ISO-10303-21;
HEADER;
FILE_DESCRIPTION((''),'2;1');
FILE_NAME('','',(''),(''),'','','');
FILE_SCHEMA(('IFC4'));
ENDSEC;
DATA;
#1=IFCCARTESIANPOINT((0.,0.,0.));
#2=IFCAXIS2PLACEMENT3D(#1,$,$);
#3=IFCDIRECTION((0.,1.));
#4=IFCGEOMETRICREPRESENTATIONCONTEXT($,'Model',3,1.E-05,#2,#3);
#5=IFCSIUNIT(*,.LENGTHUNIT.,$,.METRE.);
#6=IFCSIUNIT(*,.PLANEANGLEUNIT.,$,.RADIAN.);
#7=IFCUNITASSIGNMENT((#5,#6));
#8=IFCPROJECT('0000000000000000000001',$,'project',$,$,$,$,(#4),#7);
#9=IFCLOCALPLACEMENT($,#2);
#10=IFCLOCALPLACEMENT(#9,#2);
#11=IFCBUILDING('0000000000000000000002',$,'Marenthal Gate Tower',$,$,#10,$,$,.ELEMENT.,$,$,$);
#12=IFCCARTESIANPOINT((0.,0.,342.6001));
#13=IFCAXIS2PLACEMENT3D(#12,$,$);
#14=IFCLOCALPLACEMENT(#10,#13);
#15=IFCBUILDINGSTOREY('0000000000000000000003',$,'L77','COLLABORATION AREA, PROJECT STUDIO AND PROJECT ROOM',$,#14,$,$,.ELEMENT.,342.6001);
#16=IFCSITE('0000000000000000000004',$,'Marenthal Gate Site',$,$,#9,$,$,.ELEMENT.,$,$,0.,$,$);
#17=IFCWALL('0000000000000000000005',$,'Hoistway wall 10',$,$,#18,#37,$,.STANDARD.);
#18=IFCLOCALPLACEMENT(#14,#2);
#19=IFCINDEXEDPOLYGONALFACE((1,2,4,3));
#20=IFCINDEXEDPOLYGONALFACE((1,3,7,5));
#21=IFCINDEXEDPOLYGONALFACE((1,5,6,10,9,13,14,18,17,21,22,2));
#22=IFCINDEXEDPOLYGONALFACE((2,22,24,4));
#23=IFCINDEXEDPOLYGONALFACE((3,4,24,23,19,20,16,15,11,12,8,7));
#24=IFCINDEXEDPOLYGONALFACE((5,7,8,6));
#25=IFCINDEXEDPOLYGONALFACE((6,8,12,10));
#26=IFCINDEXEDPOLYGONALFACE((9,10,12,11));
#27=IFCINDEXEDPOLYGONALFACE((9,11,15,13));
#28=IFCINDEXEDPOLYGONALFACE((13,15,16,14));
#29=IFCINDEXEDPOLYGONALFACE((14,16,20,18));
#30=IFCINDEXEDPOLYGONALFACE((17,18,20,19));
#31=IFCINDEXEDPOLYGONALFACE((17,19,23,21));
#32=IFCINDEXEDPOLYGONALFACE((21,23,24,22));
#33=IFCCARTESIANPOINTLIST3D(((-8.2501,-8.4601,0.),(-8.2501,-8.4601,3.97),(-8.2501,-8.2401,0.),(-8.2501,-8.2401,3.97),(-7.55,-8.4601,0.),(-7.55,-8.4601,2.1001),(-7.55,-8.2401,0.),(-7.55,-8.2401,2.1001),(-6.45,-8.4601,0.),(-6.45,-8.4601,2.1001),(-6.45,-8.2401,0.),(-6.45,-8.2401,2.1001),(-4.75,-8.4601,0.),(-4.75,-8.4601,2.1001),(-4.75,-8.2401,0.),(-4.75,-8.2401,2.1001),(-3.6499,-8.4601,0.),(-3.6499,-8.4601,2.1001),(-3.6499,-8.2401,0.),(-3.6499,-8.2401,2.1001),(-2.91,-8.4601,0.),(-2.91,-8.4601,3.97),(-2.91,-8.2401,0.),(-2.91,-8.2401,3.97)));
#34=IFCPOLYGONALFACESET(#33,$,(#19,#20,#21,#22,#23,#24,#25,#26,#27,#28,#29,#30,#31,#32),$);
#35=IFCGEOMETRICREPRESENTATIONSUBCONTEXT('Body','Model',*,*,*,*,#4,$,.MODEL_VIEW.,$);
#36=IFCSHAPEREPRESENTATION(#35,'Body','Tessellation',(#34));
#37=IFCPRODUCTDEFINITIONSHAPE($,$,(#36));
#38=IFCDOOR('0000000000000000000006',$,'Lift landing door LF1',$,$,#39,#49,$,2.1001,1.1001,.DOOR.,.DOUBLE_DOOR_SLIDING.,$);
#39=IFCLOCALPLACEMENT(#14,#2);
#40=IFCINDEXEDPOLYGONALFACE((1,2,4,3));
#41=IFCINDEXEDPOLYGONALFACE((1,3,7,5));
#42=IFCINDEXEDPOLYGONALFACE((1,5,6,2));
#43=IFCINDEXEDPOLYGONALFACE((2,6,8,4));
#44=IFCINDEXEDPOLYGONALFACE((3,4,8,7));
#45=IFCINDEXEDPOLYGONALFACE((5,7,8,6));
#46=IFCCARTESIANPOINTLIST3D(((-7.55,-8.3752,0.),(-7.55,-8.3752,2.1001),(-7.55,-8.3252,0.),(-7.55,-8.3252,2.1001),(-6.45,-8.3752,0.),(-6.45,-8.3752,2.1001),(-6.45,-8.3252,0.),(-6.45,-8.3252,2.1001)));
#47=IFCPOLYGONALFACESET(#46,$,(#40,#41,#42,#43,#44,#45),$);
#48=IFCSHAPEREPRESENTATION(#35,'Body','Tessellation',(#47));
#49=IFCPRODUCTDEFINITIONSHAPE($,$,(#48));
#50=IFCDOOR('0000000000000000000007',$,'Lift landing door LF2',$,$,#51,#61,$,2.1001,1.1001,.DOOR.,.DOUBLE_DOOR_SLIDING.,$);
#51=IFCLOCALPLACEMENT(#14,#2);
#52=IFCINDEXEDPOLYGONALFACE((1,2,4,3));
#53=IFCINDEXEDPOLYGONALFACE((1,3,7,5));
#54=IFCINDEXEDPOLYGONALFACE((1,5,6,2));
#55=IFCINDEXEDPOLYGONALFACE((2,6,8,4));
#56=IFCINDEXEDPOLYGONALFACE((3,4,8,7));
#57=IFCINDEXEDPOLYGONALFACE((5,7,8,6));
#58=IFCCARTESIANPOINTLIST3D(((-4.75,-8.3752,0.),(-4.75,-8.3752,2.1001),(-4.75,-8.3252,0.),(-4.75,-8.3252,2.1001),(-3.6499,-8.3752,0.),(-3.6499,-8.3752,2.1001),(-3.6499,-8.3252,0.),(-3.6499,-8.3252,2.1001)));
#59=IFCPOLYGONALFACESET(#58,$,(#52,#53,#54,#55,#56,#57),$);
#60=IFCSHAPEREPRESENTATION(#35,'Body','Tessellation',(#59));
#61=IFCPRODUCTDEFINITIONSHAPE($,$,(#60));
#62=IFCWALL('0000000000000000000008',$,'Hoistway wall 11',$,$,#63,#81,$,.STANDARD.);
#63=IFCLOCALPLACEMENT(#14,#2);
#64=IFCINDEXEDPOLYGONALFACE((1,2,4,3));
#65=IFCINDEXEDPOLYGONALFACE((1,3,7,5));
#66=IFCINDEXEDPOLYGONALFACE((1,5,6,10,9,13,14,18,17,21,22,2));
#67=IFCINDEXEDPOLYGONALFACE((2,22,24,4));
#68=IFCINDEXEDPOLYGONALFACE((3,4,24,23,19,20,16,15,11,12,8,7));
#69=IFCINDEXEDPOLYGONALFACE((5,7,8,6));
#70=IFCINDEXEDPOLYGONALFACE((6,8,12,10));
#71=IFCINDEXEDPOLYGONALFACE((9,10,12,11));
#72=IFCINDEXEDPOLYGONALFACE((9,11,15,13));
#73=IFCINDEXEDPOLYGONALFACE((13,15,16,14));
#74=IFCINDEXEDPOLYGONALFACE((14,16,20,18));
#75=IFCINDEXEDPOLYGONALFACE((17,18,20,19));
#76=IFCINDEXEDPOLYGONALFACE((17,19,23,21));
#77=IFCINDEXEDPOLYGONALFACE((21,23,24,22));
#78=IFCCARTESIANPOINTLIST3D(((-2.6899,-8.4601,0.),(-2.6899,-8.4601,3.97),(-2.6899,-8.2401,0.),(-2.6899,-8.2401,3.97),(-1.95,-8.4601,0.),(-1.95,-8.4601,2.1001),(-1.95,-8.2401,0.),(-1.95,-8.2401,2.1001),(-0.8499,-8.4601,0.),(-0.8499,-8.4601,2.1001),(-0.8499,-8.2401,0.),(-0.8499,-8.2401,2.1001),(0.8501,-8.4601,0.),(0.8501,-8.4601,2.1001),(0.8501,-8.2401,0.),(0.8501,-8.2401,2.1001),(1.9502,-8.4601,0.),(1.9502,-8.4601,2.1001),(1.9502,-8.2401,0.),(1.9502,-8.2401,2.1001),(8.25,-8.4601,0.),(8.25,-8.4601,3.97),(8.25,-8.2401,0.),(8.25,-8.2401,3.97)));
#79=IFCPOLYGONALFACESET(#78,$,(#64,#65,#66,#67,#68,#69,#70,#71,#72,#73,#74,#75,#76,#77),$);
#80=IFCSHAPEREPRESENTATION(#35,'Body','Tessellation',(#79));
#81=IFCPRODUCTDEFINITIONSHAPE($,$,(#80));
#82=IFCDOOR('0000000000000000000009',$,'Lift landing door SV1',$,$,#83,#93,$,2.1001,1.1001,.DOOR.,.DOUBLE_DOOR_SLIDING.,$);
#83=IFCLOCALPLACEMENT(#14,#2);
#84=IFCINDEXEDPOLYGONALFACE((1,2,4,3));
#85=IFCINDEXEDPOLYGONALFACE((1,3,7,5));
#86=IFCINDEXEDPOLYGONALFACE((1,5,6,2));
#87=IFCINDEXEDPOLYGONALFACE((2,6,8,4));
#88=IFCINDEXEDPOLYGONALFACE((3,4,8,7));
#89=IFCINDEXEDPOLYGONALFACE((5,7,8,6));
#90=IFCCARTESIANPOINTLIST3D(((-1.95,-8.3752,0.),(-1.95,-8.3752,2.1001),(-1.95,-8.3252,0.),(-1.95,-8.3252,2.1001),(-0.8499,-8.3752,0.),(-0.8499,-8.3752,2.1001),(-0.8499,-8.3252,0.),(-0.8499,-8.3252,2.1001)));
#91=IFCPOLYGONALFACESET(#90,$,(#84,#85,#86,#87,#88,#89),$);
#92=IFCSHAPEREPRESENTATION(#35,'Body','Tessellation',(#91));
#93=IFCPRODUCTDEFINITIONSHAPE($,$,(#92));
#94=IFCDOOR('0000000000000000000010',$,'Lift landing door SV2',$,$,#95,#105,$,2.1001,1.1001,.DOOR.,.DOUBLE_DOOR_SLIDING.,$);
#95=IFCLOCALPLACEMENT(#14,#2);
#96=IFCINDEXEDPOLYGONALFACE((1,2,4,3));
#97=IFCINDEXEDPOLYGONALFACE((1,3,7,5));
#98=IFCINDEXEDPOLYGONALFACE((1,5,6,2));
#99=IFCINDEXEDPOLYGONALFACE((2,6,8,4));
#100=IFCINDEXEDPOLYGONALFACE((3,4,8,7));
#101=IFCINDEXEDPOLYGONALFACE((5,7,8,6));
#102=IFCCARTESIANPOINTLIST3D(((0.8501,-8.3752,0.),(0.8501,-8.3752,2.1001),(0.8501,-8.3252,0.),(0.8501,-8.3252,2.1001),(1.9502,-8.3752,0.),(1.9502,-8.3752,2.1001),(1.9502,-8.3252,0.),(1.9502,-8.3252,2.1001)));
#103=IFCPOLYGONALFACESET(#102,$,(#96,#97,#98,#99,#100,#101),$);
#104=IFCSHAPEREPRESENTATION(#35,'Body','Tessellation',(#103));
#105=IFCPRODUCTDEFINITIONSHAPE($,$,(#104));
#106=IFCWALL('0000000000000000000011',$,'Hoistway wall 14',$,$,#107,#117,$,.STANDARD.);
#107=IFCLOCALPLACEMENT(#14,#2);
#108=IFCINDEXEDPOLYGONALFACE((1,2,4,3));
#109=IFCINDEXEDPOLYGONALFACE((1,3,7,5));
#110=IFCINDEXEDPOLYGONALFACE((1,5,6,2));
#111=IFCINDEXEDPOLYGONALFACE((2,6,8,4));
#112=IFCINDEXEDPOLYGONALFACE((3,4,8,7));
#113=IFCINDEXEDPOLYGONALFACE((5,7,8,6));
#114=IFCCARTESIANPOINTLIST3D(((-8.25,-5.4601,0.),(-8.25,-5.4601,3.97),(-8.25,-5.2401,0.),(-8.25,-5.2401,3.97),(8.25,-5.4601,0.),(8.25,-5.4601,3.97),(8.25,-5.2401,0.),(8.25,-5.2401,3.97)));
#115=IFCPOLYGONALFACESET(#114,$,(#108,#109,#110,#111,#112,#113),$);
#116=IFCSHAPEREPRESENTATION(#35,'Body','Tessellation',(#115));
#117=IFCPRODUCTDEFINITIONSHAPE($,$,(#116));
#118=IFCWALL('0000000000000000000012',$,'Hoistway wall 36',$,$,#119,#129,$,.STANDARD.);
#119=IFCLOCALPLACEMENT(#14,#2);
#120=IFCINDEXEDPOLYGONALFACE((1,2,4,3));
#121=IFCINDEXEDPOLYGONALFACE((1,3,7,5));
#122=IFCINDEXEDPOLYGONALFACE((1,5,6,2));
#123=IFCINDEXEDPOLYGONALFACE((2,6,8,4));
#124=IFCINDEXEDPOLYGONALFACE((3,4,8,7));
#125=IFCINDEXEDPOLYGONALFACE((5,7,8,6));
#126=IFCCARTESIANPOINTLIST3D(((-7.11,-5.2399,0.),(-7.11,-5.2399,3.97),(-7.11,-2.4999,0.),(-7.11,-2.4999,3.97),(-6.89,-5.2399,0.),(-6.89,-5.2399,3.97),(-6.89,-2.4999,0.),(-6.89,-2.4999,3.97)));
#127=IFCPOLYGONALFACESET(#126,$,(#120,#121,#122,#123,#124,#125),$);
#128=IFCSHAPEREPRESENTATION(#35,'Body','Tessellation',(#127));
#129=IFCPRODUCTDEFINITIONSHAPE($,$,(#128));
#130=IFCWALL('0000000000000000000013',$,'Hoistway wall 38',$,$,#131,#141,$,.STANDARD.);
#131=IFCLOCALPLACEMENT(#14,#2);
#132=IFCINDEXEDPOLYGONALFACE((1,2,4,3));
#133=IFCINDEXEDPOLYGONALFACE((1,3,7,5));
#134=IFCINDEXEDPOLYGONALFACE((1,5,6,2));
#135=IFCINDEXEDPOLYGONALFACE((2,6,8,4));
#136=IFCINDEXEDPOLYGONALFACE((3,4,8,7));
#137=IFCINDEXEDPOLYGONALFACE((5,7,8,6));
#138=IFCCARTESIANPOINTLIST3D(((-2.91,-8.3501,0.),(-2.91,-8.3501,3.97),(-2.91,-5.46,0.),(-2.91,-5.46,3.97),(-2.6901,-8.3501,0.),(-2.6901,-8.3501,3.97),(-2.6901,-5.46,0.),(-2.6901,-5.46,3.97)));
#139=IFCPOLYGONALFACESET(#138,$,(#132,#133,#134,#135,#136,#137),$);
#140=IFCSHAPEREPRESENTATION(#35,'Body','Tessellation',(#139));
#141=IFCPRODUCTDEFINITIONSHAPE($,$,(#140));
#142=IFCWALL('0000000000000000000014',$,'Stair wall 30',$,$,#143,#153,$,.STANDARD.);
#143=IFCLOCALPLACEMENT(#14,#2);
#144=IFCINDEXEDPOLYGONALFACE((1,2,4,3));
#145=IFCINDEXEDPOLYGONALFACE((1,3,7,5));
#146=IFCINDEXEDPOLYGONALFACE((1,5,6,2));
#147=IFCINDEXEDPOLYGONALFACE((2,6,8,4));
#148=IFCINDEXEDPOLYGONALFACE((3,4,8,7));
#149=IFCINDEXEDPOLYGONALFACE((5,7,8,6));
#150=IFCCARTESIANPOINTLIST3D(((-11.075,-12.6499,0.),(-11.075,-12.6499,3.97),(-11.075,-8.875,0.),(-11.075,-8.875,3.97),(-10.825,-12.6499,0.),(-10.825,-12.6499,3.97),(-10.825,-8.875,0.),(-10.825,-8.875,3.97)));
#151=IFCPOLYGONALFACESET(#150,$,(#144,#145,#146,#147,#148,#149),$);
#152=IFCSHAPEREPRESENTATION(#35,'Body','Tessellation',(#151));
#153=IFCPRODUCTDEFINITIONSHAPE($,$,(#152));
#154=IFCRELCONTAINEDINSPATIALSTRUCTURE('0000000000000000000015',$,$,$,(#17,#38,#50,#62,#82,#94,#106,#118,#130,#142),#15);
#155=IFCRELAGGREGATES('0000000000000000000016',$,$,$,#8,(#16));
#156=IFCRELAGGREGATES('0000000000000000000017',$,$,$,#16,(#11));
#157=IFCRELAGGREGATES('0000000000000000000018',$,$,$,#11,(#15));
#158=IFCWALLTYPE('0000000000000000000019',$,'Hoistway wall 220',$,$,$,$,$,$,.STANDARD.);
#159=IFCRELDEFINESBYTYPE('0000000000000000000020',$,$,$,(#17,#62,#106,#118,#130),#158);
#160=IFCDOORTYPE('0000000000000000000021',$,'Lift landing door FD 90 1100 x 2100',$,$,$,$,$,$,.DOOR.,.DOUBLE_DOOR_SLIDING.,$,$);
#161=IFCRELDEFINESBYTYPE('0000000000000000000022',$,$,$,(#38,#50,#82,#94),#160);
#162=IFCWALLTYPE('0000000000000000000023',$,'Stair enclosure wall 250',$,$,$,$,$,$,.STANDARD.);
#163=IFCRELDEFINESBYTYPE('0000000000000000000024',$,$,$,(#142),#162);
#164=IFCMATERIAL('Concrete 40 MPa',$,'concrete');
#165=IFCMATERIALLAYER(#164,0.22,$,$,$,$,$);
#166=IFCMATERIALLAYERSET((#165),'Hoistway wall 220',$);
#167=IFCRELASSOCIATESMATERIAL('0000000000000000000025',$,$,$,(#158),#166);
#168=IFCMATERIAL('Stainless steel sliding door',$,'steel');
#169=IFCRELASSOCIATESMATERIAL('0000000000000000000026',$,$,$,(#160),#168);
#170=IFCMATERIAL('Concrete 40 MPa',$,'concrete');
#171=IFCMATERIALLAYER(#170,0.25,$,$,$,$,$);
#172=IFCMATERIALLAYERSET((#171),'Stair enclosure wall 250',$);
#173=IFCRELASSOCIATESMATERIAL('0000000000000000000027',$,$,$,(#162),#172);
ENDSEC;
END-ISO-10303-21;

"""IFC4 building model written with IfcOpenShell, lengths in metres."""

from ifc_helpers import new_model, si_unit, direction, frame, frame_2d, origin, place, context, subcontext, project, spatial, rectangle, extrude, material, layer, layer_set, type_object, element, fill, save


model = new_model("IFC4")

# Units and contexts
model_context = context("Model", 3, precision=1e-05, world=origin(), true_north=direction((0.0, 1.0)))
body_context = subcontext(model_context, "Body", "Model", "MODEL_VIEW")
ifc_project = project(units=[si_unit("LENGTHUNIT", "METRE"), si_unit("PLANEANGLEUNIT", "RADIAN")], contexts=[model_context])

# Site, building, storey
site_placement = place(None, origin())
site = spatial("IfcSite", under=ifc_project, at=site_placement, Name="Marenthal Gate Site", CompositionType="ELEMENT", RefElevation=0.0)
building_placement = place(site_placement, origin())
building = spatial("IfcBuilding", under=site, at=building_placement, Name="Marenthal Gate Tower", CompositionType="ELEMENT")
storey_placement = place(building_placement, frame((0.0, 0.0, 342.6001)))
storey = spatial("IfcBuildingStorey", under=building, at=storey_placement, Name="L77", Description="COLLABORATION AREA, PROJECT STUDIO AND PROJECT ROOM", CompositionType="ELEMENT", Elevation=342.6001)

# Walls, openings, doors
ifc_material_1 = material(Name="Concrete 40 MPa", Category="concrete")
ifc_layer_1 = layer(ifc_material_1, 0.22)
ifc_layer_set_1 = layer_set([ifc_layer_1], Name="Hoistway wall 220")
wall_type_1 = type_object("IfcWallType", Name="Hoistway wall 220", PredefinedType="STANDARD", material=ifc_layer_set_1)
wall_1_placement = place(storey_placement, frame((-8.25, -8.3501, 0.0), z_axis=(0.0, 0.0, 1.0), x_axis=(1.0, 0.0, 0.0)))
wall_1 = element("IfcWall", 1, at=wall_1_placement, inside=storey, type_object=wall_type_1, Name="Hoistway wall 10", PredefinedType="STANDARD", context=body_context, shape_type="SweptSolid", body=[
    extrude(rectangle(XDim=5.3401, YDim=0.22, at=frame_2d((2.6699, 0.0))), origin(), (0.0, 0.0, 1.0), 3.97),
])
opening_1_placement = place(wall_1_placement, frame((0.7, 0.0, 0.0)))
opening_1 = element("IfcOpeningElement", 2, at=opening_1_placement, cuts=wall_1, PredefinedType="OPENING", context=body_context, shape_type="SweptSolid", body=[
    extrude(rectangle(XDim=1.1001, YDim=2.1001, at=frame_2d((0.55, 1.05))), frame((0.0, 0.1201, 0.0), z_axis=(0.0, -1.0, 0.0), x_axis=(1.0, 0.0, 0.0)), (0.0, 0.0, 1.0), 0.24),
])
opening_2_placement = place(wall_1_placement, frame((3.5, 0.0, 0.0)))
opening_2 = element("IfcOpeningElement", 3, at=opening_2_placement, cuts=wall_1, PredefinedType="OPENING", context=body_context, shape_type="SweptSolid", body=[
    extrude(rectangle(XDim=1.1001, YDim=2.1001, at=frame_2d((0.55, 1.05))), frame((0.0, 0.1201, 0.0), z_axis=(0.0, -1.0, 0.0), x_axis=(1.0, 0.0, 0.0)), (0.0, 0.0, 1.0), 0.24),
])
ifc_material_2 = material(Name="Stainless steel sliding door", Category="steel")
door_type_1 = type_object("IfcDoorType", Name="Lift landing door FD 90 1100 x 2100", OperationType="DOUBLE_DOOR_SLIDING", PredefinedType="DOOR", material=ifc_material_2)
door_1_placement = place(opening_1_placement, origin())
door_1 = element("IfcDoor", 4, at=door_1_placement, inside=storey, type_object=door_type_1, Name="Lift landing door LF1", OperationType="DOUBLE_DOOR_SLIDING", OverallHeight=2.1001, OverallWidth=1.1001, PredefinedType="DOOR", context=body_context, shape_type="SweptSolid", body=[
    extrude(rectangle(XDim=1.1001, YDim=2.1001, at=frame_2d((0.55, 1.05))), frame((0.0, 0.0249, 0.0), z_axis=(0.0, -1.0, 0.0), x_axis=(1.0, 0.0, 0.0)), (0.0, 0.0, 1.0), 0.05),
])
fill(opening_1, door_1)
door_2_placement = place(opening_2_placement, origin())
door_2 = element("IfcDoor", 5, at=door_2_placement, inside=storey, type_object=door_type_1, Name="Lift landing door LF2", OperationType="DOUBLE_DOOR_SLIDING", OverallHeight=2.1001, OverallWidth=1.1001, PredefinedType="DOOR", context=body_context, shape_type="SweptSolid", body=[
    extrude(rectangle(XDim=1.1001, YDim=2.1001, at=frame_2d((0.55, 1.05))), frame((0.0, 0.0249, 0.0), z_axis=(0.0, -1.0, 0.0), x_axis=(1.0, 0.0, 0.0)), (0.0, 0.0, 1.0), 0.05),
])
fill(opening_2, door_2)
wall_2_placement = place(storey_placement, frame((-2.6899, -8.3501, 0.0), z_axis=(0.0, 0.0, 1.0), x_axis=(1.0, 0.0, 0.0)))
wall_2 = element("IfcWall", 6, at=wall_2_placement, inside=storey, type_object=wall_type_1, Name="Hoistway wall 11", PredefinedType="STANDARD", context=body_context, shape_type="SweptSolid", body=[
    extrude(rectangle(XDim=10.9399, YDim=0.22, at=frame_2d((5.47, 0.0))), origin(), (0.0, 0.0, 1.0), 3.97),
])
opening_3_placement = place(wall_2_placement, frame((0.74, 0.0, 0.0)))
opening_3 = element("IfcOpeningElement", 7, at=opening_3_placement, cuts=wall_2, PredefinedType="OPENING", context=body_context, shape_type="SweptSolid", body=[
    extrude(rectangle(XDim=1.1001, YDim=2.1001, at=frame_2d((0.55, 1.05))), frame((0.0, 0.1201, 0.0), z_axis=(0.0, -1.0, 0.0), x_axis=(1.0, 0.0, 0.0)), (0.0, 0.0, 1.0), 0.24),
])
opening_4_placement = place(wall_2_placement, frame((3.54, 0.0, 0.0)))
opening_4 = element("IfcOpeningElement", 8, at=opening_4_placement, cuts=wall_2, PredefinedType="OPENING", context=body_context, shape_type="SweptSolid", body=[
    extrude(rectangle(XDim=1.1001, YDim=2.1001, at=frame_2d((0.55, 1.05))), frame((0.0, 0.1201, 0.0), z_axis=(0.0, -1.0, 0.0), x_axis=(1.0, 0.0, 0.0)), (0.0, 0.0, 1.0), 0.24),
])
door_3_placement = place(opening_3_placement, origin())
door_3 = element("IfcDoor", 9, at=door_3_placement, inside=storey, type_object=door_type_1, Name="Lift landing door SV1", OperationType="DOUBLE_DOOR_SLIDING", OverallHeight=2.1001, OverallWidth=1.1001, PredefinedType="DOOR", context=body_context, shape_type="SweptSolid", body=[
    extrude(rectangle(XDim=1.1001, YDim=2.1001, at=frame_2d((0.55, 1.05))), frame((0.0, 0.0249, 0.0), z_axis=(0.0, -1.0, 0.0), x_axis=(1.0, 0.0, 0.0)), (0.0, 0.0, 1.0), 0.05),
])
fill(opening_3, door_3)
door_4_placement = place(opening_4_placement, origin())
door_4 = element("IfcDoor", 10, at=door_4_placement, inside=storey, type_object=door_type_1, Name="Lift landing door SV2", OperationType="DOUBLE_DOOR_SLIDING", OverallHeight=2.1001, OverallWidth=1.1001, PredefinedType="DOOR", context=body_context, shape_type="SweptSolid", body=[
    extrude(rectangle(XDim=1.1001, YDim=2.1001, at=frame_2d((0.55, 1.05))), frame((0.0, 0.0249, 0.0), z_axis=(0.0, -1.0, 0.0), x_axis=(1.0, 0.0, 0.0)), (0.0, 0.0, 1.0), 0.05),
])
fill(opening_4, door_4)

# Walls
wall_3_placement = place(storey_placement, frame((-8.25, -5.3501, 0.0), z_axis=(0.0, 0.0, 1.0), x_axis=(1.0, 0.0, 0.0)))
element("IfcWall", 11, at=wall_3_placement, inside=storey, type_object=wall_type_1, Name="Hoistway wall 14", PredefinedType="STANDARD", context=body_context, shape_type="SweptSolid", body=[
    extrude(rectangle(XDim=16.5, YDim=0.22, at=frame_2d((8.25, 0.0))), origin(), (0.0, 0.0, 1.0), 3.97),
])
wall_4_placement = place(storey_placement, frame((-7.0, -5.24, 0.0), z_axis=(0.0, 0.0, 1.0), x_axis=(0.0, 1.0, 0.0)))
element("IfcWall", 12, at=wall_4_placement, inside=storey, type_object=wall_type_1, Name="Hoistway wall 36", PredefinedType="STANDARD", context=body_context, shape_type="SweptSolid", body=[
    extrude(rectangle(XDim=2.74, YDim=0.22, at=frame_2d((1.3701, 0.0))), origin(), (0.0, 0.0, 1.0), 3.97),
])
wall_5_placement = place(storey_placement, frame((-2.8, -8.3501, 0.0), z_axis=(0.0, 0.0, 1.0), x_axis=(0.0, 1.0, 0.0)))
element("IfcWall", 13, at=wall_5_placement, inside=storey, type_object=wall_type_1, Name="Hoistway wall 38", PredefinedType="STANDARD", context=body_context, shape_type="SweptSolid", body=[
    extrude(rectangle(XDim=2.8901, YDim=0.22, at=frame_2d((1.4451, 0.0))), origin(), (0.0, 0.0, 1.0), 3.97),
])
ifc_material_3 = material(Name="Concrete 40 MPa", Category="concrete")
ifc_layer_2 = layer(ifc_material_3, 0.25)
ifc_layer_set_2 = layer_set([ifc_layer_2], Name="Stair enclosure wall 250")
wall_type_2 = type_object("IfcWallType", Name="Stair enclosure wall 250", PredefinedType="STANDARD", material=ifc_layer_set_2)
wall_6_placement = place(storey_placement, frame((-10.95, -12.6499, 0.0), z_axis=(0.0, 0.0, 1.0), x_axis=(0.0, 1.0, 0.0)))
element("IfcWall", 14, at=wall_6_placement, inside=storey, type_object=wall_type_2, Name="Stair wall 30", PredefinedType="STANDARD", context=body_context, shape_type="SweptSolid", body=[
    extrude(rectangle(XDim=3.7749, YDim=0.25, at=frame_2d((1.8875, 0.0))), origin(), (0.0, 0.0, 1.0), 3.97),
])

save(model, "model.ifc")
